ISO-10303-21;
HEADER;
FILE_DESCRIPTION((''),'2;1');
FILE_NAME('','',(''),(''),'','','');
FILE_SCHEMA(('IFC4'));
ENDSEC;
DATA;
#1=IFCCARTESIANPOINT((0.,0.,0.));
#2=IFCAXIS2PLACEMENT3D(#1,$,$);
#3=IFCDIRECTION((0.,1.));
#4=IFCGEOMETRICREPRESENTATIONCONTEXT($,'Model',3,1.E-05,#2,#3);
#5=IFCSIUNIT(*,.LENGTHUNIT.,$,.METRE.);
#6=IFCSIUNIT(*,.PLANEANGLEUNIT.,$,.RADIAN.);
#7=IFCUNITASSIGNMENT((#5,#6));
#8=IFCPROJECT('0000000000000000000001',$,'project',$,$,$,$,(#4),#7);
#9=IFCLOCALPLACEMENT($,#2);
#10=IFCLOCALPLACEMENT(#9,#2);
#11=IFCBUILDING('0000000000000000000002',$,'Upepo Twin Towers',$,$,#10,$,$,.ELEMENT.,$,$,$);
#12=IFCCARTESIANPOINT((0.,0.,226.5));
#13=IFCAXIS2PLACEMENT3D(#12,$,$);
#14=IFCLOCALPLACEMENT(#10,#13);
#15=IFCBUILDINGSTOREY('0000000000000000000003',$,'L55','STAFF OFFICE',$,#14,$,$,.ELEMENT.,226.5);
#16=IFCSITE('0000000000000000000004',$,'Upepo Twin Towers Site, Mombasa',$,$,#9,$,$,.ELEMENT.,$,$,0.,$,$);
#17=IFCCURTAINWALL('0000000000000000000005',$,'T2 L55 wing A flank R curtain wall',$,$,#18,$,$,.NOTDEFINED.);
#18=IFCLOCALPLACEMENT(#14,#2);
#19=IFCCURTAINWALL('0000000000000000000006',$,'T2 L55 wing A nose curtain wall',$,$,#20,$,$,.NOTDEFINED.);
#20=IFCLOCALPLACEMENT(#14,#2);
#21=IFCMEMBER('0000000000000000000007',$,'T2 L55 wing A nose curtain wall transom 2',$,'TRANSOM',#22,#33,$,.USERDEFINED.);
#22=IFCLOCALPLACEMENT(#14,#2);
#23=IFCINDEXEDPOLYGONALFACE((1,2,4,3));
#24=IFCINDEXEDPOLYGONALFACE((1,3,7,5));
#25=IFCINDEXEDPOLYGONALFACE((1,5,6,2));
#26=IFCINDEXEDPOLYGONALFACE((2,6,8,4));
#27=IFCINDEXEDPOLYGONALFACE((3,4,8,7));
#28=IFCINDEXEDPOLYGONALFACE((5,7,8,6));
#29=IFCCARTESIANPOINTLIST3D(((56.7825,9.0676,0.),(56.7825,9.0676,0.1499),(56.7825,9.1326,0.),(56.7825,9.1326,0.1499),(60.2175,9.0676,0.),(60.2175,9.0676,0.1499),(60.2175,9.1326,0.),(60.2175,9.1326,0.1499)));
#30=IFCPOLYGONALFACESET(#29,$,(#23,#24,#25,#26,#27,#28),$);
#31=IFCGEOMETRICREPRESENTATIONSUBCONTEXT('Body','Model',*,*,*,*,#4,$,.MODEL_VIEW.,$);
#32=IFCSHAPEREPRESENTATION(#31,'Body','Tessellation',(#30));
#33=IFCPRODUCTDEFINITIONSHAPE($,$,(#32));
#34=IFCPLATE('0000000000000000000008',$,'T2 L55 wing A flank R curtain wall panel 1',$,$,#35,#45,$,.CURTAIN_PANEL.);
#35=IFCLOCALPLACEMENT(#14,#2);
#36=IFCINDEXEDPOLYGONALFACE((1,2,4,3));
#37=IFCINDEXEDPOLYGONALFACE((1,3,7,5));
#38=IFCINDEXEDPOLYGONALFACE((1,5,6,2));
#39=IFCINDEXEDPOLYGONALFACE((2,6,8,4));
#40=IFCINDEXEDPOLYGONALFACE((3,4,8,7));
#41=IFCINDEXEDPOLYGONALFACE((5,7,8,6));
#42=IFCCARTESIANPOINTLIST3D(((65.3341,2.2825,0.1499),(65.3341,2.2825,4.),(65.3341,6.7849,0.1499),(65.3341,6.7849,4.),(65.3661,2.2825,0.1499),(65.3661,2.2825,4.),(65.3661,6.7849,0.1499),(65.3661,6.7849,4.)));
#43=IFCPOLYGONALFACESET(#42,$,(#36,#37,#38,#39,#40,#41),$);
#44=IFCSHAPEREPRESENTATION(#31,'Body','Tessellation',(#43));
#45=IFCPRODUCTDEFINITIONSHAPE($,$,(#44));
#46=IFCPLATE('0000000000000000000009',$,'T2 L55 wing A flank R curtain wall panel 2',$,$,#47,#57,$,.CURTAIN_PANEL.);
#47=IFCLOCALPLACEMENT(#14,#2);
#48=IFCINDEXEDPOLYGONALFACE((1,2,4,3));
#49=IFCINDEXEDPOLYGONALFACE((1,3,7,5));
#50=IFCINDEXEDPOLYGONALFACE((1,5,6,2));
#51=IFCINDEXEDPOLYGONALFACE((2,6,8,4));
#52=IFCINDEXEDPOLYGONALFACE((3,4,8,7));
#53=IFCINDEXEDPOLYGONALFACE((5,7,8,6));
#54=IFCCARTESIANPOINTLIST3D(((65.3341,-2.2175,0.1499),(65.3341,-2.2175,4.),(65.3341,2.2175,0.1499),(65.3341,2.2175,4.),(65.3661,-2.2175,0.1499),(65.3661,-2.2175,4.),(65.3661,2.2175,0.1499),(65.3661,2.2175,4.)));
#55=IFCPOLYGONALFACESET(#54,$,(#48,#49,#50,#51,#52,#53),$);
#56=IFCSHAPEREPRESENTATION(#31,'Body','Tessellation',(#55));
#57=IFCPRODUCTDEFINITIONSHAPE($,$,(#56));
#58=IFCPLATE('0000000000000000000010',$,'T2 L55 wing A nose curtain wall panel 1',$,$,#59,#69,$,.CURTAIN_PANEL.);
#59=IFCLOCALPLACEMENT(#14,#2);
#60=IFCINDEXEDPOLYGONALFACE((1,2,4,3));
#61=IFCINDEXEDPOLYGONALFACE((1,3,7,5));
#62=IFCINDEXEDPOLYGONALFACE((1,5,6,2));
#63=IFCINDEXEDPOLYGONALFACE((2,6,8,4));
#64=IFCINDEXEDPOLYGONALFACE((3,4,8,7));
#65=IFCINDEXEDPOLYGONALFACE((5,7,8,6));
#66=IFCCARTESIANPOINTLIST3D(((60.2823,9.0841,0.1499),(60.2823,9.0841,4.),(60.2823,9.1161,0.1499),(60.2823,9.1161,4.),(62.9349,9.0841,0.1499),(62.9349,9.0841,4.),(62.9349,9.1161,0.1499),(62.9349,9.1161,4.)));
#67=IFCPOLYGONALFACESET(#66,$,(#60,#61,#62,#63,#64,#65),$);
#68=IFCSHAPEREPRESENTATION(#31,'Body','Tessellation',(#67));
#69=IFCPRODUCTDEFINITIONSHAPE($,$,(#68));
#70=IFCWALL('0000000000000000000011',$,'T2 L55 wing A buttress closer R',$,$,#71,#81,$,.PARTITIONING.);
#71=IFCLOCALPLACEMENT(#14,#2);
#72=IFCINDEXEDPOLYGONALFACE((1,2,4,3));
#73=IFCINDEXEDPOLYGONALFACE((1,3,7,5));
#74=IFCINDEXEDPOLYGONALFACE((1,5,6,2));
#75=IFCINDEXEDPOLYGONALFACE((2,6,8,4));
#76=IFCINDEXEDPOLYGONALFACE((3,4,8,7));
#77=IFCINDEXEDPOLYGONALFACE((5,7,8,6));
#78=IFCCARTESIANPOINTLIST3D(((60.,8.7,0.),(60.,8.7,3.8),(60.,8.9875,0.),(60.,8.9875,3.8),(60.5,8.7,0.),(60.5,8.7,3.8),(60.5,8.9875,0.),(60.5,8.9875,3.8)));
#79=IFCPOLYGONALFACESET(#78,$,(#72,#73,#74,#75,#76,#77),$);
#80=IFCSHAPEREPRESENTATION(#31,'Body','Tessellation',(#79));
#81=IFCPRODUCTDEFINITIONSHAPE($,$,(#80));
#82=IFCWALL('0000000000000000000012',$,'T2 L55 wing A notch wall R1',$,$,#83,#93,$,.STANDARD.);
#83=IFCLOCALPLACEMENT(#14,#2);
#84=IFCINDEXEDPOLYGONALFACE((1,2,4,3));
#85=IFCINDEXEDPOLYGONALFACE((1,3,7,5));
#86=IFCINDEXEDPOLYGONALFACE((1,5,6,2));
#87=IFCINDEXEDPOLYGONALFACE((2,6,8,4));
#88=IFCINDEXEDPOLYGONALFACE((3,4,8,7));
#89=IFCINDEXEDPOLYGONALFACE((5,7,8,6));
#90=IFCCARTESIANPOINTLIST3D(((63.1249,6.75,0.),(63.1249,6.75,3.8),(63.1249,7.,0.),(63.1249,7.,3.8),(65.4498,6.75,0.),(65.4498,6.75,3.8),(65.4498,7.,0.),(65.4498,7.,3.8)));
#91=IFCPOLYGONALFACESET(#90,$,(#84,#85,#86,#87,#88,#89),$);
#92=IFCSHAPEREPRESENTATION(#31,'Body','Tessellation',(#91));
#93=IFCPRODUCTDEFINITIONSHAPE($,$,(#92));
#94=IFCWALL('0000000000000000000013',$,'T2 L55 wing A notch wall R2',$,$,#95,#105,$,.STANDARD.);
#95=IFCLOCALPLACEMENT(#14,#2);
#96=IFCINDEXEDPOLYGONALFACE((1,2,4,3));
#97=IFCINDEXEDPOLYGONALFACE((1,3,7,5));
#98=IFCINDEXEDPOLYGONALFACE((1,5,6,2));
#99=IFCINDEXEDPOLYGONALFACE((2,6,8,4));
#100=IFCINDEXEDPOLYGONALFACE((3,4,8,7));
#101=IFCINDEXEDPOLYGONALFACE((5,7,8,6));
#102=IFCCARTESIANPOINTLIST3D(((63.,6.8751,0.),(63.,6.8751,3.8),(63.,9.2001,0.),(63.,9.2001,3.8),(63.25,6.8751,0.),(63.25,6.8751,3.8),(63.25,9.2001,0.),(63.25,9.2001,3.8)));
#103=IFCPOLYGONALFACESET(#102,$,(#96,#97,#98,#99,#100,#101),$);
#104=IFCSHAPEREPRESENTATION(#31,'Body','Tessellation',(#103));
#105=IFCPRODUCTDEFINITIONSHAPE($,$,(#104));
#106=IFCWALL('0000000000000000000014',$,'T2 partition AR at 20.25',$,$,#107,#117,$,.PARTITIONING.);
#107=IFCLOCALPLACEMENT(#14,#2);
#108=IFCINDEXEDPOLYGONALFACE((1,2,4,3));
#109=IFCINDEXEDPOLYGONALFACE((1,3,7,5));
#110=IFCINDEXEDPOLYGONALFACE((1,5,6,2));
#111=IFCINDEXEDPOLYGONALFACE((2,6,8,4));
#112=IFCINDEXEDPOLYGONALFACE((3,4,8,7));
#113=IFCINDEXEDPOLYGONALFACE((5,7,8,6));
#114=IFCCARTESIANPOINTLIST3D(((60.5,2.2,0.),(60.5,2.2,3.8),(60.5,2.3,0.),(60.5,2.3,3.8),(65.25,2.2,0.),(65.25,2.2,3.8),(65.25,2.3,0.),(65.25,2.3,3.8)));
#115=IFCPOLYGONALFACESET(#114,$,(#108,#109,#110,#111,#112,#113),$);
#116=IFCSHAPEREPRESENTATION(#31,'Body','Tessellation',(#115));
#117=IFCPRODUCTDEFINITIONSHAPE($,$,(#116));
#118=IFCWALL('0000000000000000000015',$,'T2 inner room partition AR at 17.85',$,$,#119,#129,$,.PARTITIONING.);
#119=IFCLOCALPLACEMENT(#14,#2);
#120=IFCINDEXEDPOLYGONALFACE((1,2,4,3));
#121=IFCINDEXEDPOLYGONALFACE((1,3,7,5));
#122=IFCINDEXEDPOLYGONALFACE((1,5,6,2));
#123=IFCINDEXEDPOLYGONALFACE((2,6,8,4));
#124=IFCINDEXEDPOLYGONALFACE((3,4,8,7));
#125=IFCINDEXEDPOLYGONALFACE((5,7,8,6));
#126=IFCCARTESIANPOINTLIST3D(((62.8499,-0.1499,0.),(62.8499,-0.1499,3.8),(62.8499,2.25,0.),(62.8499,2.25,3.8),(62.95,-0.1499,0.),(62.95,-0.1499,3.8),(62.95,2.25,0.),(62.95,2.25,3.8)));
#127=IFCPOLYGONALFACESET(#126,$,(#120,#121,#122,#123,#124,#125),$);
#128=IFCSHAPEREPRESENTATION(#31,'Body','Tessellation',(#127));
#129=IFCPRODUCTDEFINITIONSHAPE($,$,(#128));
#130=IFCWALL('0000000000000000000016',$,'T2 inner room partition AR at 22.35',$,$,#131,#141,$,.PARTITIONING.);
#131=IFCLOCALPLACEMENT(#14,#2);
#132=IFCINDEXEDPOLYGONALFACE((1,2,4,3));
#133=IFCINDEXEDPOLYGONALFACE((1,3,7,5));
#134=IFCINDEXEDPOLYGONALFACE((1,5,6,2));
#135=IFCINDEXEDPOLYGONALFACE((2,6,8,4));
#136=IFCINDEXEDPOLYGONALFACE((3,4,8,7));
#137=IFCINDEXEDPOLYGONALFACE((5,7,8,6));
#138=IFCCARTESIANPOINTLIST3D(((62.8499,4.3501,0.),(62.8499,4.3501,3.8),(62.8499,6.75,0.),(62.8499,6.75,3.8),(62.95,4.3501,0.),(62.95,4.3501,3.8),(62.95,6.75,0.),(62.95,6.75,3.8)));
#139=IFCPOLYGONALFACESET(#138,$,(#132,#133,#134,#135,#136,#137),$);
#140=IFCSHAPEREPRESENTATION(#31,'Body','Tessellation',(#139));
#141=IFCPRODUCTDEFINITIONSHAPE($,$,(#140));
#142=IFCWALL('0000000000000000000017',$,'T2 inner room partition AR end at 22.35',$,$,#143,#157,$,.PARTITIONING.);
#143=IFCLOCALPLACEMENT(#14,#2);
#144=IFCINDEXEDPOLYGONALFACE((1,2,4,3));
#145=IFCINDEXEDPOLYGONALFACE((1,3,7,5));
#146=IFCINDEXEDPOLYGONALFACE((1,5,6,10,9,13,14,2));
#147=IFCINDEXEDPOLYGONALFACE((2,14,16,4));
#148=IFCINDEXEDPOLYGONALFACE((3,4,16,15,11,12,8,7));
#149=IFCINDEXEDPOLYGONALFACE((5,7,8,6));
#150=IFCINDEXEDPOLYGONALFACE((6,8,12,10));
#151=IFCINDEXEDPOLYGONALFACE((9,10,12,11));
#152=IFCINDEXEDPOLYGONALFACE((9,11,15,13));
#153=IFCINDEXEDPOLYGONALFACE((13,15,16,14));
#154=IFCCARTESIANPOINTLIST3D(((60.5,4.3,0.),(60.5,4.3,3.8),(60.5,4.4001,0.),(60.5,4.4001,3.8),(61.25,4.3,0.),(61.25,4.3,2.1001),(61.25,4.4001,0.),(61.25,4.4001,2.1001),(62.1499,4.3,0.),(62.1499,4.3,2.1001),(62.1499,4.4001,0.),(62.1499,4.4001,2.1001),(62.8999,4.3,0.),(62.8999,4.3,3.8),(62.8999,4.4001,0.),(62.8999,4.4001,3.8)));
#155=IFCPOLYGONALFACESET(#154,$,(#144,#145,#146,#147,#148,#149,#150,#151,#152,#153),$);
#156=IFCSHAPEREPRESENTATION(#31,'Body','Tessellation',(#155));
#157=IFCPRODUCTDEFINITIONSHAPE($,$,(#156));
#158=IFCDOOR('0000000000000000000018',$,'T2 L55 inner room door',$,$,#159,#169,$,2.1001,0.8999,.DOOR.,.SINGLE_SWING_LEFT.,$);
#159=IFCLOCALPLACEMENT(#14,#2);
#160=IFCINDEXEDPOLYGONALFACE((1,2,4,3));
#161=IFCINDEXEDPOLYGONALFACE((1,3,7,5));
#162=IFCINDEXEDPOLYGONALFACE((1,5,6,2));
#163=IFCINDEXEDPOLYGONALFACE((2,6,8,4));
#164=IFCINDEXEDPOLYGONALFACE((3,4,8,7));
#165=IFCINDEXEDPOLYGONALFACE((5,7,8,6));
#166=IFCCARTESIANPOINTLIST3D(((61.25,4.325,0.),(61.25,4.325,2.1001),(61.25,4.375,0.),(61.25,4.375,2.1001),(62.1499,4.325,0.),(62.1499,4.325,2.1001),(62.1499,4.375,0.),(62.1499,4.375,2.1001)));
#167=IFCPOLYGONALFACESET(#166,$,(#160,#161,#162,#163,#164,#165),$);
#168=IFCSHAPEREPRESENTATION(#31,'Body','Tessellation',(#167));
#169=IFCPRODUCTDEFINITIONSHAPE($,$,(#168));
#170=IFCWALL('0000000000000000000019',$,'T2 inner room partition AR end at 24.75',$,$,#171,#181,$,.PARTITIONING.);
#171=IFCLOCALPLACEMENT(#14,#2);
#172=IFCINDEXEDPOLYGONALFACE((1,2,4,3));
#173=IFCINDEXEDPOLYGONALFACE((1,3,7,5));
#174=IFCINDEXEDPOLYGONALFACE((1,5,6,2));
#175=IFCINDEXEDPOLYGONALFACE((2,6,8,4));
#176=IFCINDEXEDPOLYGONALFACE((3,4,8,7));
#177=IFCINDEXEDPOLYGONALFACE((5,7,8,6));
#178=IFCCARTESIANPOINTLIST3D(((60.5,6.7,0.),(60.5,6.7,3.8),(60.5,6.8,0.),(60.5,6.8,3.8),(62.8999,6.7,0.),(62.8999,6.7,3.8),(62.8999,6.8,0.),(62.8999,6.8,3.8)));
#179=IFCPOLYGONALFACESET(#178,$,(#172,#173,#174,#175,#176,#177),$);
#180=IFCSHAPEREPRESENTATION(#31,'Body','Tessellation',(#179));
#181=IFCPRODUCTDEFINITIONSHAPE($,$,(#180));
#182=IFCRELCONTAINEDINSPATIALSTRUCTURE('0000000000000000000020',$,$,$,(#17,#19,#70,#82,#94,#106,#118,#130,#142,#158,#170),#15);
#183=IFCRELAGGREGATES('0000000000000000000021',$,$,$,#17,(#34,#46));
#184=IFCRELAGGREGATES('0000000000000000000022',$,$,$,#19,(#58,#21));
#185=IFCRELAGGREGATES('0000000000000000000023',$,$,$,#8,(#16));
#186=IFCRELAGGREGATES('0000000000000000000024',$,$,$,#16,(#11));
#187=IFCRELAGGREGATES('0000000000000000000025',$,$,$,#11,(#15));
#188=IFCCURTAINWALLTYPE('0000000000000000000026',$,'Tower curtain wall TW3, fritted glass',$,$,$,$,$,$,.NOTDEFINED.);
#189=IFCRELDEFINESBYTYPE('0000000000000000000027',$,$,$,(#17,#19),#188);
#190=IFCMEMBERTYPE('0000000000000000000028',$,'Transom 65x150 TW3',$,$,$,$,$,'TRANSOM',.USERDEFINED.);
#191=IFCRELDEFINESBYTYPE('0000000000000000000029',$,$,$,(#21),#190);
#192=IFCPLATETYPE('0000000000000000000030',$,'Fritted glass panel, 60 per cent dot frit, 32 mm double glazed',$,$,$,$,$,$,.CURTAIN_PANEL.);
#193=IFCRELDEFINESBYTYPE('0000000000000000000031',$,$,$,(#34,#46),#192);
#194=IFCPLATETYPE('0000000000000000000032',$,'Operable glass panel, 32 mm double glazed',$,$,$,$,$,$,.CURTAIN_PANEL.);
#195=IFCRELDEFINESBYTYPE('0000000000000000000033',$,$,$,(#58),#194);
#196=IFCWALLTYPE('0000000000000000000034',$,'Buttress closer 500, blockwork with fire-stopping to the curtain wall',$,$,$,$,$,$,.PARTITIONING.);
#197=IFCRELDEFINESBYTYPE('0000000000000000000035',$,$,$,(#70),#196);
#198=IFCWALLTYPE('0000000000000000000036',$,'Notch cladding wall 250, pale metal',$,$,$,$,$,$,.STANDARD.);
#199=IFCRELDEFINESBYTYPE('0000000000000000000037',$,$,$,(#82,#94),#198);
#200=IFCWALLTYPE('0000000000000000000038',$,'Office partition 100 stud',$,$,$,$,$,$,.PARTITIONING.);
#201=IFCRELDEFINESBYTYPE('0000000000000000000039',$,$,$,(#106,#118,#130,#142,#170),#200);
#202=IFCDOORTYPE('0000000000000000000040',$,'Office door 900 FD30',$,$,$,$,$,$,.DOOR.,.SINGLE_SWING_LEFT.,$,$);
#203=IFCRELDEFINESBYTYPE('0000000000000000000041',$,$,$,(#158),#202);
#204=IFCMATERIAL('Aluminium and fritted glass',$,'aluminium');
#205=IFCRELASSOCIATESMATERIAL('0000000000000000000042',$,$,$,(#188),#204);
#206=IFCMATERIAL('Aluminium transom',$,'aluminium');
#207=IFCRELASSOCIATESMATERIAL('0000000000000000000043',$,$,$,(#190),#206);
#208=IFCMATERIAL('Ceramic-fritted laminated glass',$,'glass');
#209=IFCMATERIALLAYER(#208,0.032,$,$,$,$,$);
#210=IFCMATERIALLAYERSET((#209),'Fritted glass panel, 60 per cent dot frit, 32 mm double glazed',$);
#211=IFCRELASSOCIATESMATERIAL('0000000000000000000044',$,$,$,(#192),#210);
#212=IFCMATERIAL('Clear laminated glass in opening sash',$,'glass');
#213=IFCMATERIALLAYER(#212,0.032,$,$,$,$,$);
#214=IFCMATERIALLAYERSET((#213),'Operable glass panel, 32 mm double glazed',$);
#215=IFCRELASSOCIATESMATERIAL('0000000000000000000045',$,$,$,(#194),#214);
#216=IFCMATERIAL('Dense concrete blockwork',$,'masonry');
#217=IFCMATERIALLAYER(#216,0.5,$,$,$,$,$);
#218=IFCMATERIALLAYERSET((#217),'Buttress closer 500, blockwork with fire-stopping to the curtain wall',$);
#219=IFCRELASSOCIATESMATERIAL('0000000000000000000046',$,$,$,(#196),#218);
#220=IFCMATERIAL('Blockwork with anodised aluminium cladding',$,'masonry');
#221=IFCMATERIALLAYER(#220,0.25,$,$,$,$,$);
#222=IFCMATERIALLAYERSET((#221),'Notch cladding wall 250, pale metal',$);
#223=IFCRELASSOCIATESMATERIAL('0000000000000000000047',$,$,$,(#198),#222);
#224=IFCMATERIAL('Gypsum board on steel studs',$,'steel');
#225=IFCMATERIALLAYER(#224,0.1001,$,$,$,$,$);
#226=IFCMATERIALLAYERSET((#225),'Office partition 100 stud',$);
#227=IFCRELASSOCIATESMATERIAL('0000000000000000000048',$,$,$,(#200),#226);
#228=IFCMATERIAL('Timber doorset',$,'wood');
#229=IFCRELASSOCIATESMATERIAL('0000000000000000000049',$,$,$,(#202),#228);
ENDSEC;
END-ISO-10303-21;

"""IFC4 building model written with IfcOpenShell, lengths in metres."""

from ifc_helpers import new_model, si_unit, direction, frame, frame_2d, origin, origin_2d, place, context, subcontext, project, spatial, rectangle, extrude, material, layer, layer_set, material_profile, profile_set, type_object, element, fill, aggregate, save


model = new_model("IFC4")

# Units and contexts
model_context = context("Model", 3, precision=1e-05, world=origin(), true_north=direction((0.0, 1.0)))
body_context = subcontext(model_context, "Body", "Model", "MODEL_VIEW")
ifc_project = project(units=[si_unit("LENGTHUNIT", "METRE"), si_unit("PLANEANGLEUNIT", "RADIAN")], contexts=[model_context])

# Site, building, storey
site_placement = place(None, origin())
site = spatial("IfcSite", under=ifc_project, at=site_placement, Name="Upepo Twin Towers Site, Mombasa", CompositionType="ELEMENT", RefElevation=0.0)
building_placement = place(site_placement, origin())
building = spatial("IfcBuilding", under=site, at=building_placement, Name="Upepo Twin Towers", CompositionType="ELEMENT")
storey_placement = place(building_placement, frame((0.0, 0.0, 226.5)))
storey = spatial("IfcBuildingStorey", under=building, at=storey_placement, Name="L55", Description="STAFF OFFICE", CompositionType="ELEMENT", Elevation=226.5)

# Curtain walls
ifc_material_1 = material(Name="Aluminium and fritted glass", Category="aluminium")
curtain_wall_type = type_object("IfcCurtainWallType", Name="Tower curtain wall TW3, fritted glass", PredefinedType="NOTDEFINED", material=ifc_material_1)
curtain_wall_1_placement = place(storey_placement, origin())
curtain_wall_1 = element("IfcCurtainWall", 1, at=curtain_wall_1_placement, inside=storey, type_object=curtain_wall_type, Name="T2 L55 wing A flank R curtain wall", PredefinedType="NOTDEFINED")
curtain_wall_2_placement = place(storey_placement, origin())
curtain_wall_2 = element("IfcCurtainWall", 2, at=curtain_wall_2_placement, inside=storey, type_object=curtain_wall_type, Name="T2 L55 wing A nose curtain wall", PredefinedType="NOTDEFINED")

# Member
ifc_material_2 = material(Name="Aluminium transom", Category="aluminium")
ifc_material_profile_1 = material_profile(ifc_material_2, rectangle(XDim=0.0649, YDim=0.1499, at=origin_2d()), Name="TRANSOM 65x150")
ifc_profile_set_1 = profile_set([ifc_material_profile_1], Name="Aluminium transom")
member_type_1 = type_object("IfcMemberType", Name="Transom 65x150 TW3", ElementType="TRANSOM", PredefinedType="USERDEFINED", material=ifc_profile_set_1)
member_1_placement = place(storey_placement, frame((60.2175, 9.1001, 0.075), z_axis=(-1.0, 0.0, 0.0), x_axis=(0.0, -1.0, 0.0)))
member_1 = element("IfcMember", 3, at=member_1_placement, type_object=member_type_1, Name="T2 L55 wing A nose curtain wall transom 2", ObjectType="TRANSOM", PredefinedType="USERDEFINED", context=body_context, shape_type="SweptSolid", body=[
    extrude(rectangle(XDim=0.0649, YDim=0.1499, at=origin_2d()), origin(), (0.0, 0.0, 1.0), 3.4351),
])

# Plates
ifc_material_3 = material(Name="Ceramic-fritted laminated glass", Category="glass")
ifc_layer_1 = layer(ifc_material_3, 0.032)
ifc_layer_set_1 = layer_set([ifc_layer_1], Name="Fritted glass panel, 60 per cent dot frit, 32 mm double glazed")
plate_type_1 = type_object("IfcPlateType", Name="Fritted glass panel, 60 per cent dot frit, 32 mm double glazed", PredefinedType="CURTAIN_PANEL", material=ifc_layer_set_1)
plate_1_placement = place(storey_placement, frame((65.3501, 4.5337, 0.1499), z_axis=(0.0, 0.0, 1.0), x_axis=(0.0, -1.0, 0.0)))
plate_1 = element("IfcPlate", 4, at=plate_1_placement, type_object=plate_type_1, Name="T2 L55 wing A flank R curtain wall panel 1", PredefinedType="CURTAIN_PANEL", context=body_context, shape_type="SweptSolid", body=[
    extrude(rectangle(XDim=4.5024, YDim=0.032, at=origin_2d()), origin(), (0.0, 0.0, 1.0), 3.8501),
])
plate_2_placement = place(storey_placement, frame((65.3501, 0.0, 0.1499), z_axis=(0.0, 0.0, 1.0), x_axis=(0.0, -1.0, 0.0)))
plate_2 = element("IfcPlate", 5, at=plate_2_placement, type_object=plate_type_1, Name="T2 L55 wing A flank R curtain wall panel 2", PredefinedType="CURTAIN_PANEL", context=body_context, shape_type="SweptSolid", body=[
    extrude(rectangle(XDim=4.4351, YDim=0.032, at=origin_2d()), origin(), (0.0, 0.0, 1.0), 3.8501),
])
aggregate(curtain_wall_1, [plate_1, plate_2])
ifc_material_4 = material(Name="Clear laminated glass in opening sash", Category="glass")
ifc_layer_2 = layer(ifc_material_4, 0.032)
ifc_layer_set_2 = layer_set([ifc_layer_2], Name="Operable glass panel, 32 mm double glazed")
plate_type_2 = type_object("IfcPlateType", Name="Operable glass panel, 32 mm double glazed", PredefinedType="CURTAIN_PANEL", material=ifc_layer_set_2)
plate_3_placement = place(storey_placement, frame((61.6086, 9.1001, 0.1499), z_axis=(0.0, 0.0, 1.0), x_axis=(-1.0, 0.0, 0.0)))
plate_3 = element("IfcPlate", 6, at=plate_3_placement, type_object=plate_type_2, Name="T2 L55 wing A nose curtain wall panel 1", PredefinedType="CURTAIN_PANEL", context=body_context, shape_type="SweptSolid", body=[
    extrude(rectangle(XDim=2.6526, YDim=0.032, at=origin_2d()), origin(), (0.0, 0.0, 1.0), 3.8501),
])
aggregate(curtain_wall_2, [plate_3, member_1])

# Walls
ifc_material_5 = material(Name="Dense concrete blockwork", Category="masonry")
ifc_layer_3 = layer(ifc_material_5, 0.5)
ifc_layer_set_3 = layer_set([ifc_layer_3], Name="Buttress closer 500, blockwork with fire-stopping to the curtain wall")
wall_type_1 = type_object("IfcWallType", Name="Buttress closer 500, blockwork with fire-stopping to the curtain wall", PredefinedType="PARTITIONING", material=ifc_layer_set_3)
wall_1_placement = place(storey_placement, frame((60.25, 8.7, 0.0), z_axis=(0.0, 0.0, 1.0), x_axis=(0.0, 1.0, 0.0)))
element("IfcWall", 7, at=wall_1_placement, inside=storey, type_object=wall_type_1, Name="T2 L55 wing A buttress closer R", PredefinedType="PARTITIONING", context=body_context, shape_type="SweptSolid", body=[
    extrude(rectangle(XDim=0.2876, YDim=0.5, at=frame_2d((0.1438, 0.0))), origin(), (0.0, 0.0, 1.0), 3.8),
])
ifc_material_6 = material(Name="Blockwork with anodised aluminium cladding", Category="masonry")
ifc_layer_4 = layer(ifc_material_6, 0.25)
ifc_layer_set_4 = layer_set([ifc_layer_4], Name="Notch cladding wall 250, pale metal")
wall_type_2 = type_object("IfcWallType", Name="Notch cladding wall 250, pale metal", PredefinedType="STANDARD", material=ifc_layer_set_4)
for number, where, z_axis, x_axis, name in (
    (8, (65.45, 6.875, 0.0), (0.0, 0.0, 1.0), (-1.0, 0.0, 0.0), "T2 L55 wing A notch wall R1"),
    (9, (63.125, 6.875, 0.0), (0.0, 0.0, 1.0), (0.0, 1.0, 0.0), "T2 L55 wing A notch wall R2"),
):
    element("IfcWall", number, at=place(storey_placement, frame(where, z_axis=z_axis, x_axis=x_axis)), inside=storey, type_object=wall_type_2, Name=name, PredefinedType="STANDARD", context=body_context, shape_type="SweptSolid", body=[
        extrude(rectangle(XDim=2.325, YDim=0.25, at=frame_2d((1.1626, 0.0))), origin(), (0.0, 0.0, 1.0), 3.8),
    ])
ifc_material_7 = material(Name="Gypsum board on steel studs", Category="steel")
ifc_layer_5 = layer(ifc_material_7, 0.1001)
ifc_layer_set_5 = layer_set([ifc_layer_5], Name="Office partition 100 stud")
wall_type_3 = type_object("IfcWallType", Name="Office partition 100 stud", PredefinedType="PARTITIONING", material=ifc_layer_set_5)
wall_2_placement = place(storey_placement, frame((60.5, 2.25, 0.0), z_axis=(0.0, 0.0, 1.0), x_axis=(1.0, 0.0, 0.0)))
element("IfcWall", 10, at=wall_2_placement, inside=storey, type_object=wall_type_3, Name="T2 partition AR at 20.25", PredefinedType="PARTITIONING", context=body_context, shape_type="SweptSolid", body=[
    extrude(rectangle(XDim=4.75, YDim=0.1001, at=frame_2d((2.375, 0.0))), origin(), (0.0, 0.0, 1.0), 3.8),
])
for number, where, z_axis, x_axis, name in (
    (11, (62.8999, -0.1499, 0.0), (0.0, 0.0, 1.0), (0.0, 1.0, 0.0), "T2 inner room partition AR at 17.85"),
    (12, (62.8999, 4.3501, 0.0), (0.0, 0.0, 1.0), (0.0, 1.0, 0.0), "T2 inner room partition AR at 22.35"),
):
    element("IfcWall", number, at=place(storey_placement, frame(where, z_axis=z_axis, x_axis=x_axis)), inside=storey, type_object=wall_type_3, Name=name, PredefinedType="PARTITIONING", context=body_context, shape_type="SweptSolid", body=[
        extrude(rectangle(XDim=2.3999, YDim=0.1001, at=frame_2d((1.2, 0.0))), origin(), (0.0, 0.0, 1.0), 3.8),
    ])

# Wall, opening, door
wall_3_placement = place(storey_placement, frame((60.5, 4.3501, 0.0), z_axis=(0.0, 0.0, 1.0), x_axis=(1.0, 0.0, 0.0)))
wall_3 = element("IfcWall", 13, at=wall_3_placement, inside=storey, type_object=wall_type_3, Name="T2 inner room partition AR end at 22.35", PredefinedType="PARTITIONING", context=body_context, shape_type="SweptSolid", body=[
    extrude(rectangle(XDim=2.3999, YDim=0.1001, at=frame_2d((1.2, 0.0))), origin(), (0.0, 0.0, 1.0), 3.8),
])
opening_placement = place(wall_3_placement, frame((0.75, 0.0, 0.0)))
opening = element("IfcOpeningElement", 14, at=opening_placement, cuts=wall_3, PredefinedType="OPENING", context=body_context, shape_type="SweptSolid", body=[
    extrude(rectangle(XDim=0.8999, YDim=2.1001, at=frame_2d((0.45, 1.05))), frame((0.0, 0.0601, 0.0), z_axis=(0.0, -1.0, 0.0), x_axis=(1.0, 0.0, 0.0)), (0.0, 0.0, 1.0), 0.1201),
])
ifc_material_8 = material(Name="Timber doorset", Category="wood")
door_type = type_object("IfcDoorType", Name="Office door 900 FD30", OperationType="SINGLE_SWING_LEFT", PredefinedType="DOOR", material=ifc_material_8)
door_placement = place(opening_placement, origin())
door = element("IfcDoor", 15, at=door_placement, inside=storey, type_object=door_type, Name="T2 L55 inner room door", OperationType="SINGLE_SWING_LEFT", OverallHeight=2.1001, OverallWidth=0.8999, PredefinedType="DOOR", context=body_context, shape_type="SweptSolid", body=[
    extrude(rectangle(XDim=0.8999, YDim=2.1001, at=frame_2d((0.45, 1.05))), frame((0.0, 0.0249, 0.0), z_axis=(0.0, -1.0, 0.0), x_axis=(1.0, 0.0, 0.0)), (0.0, 0.0, 1.0), 0.05),
])
fill(opening, door)

# Wall
wall_4_placement = place(storey_placement, frame((60.5, 6.75, 0.0), z_axis=(0.0, 0.0, 1.0), x_axis=(1.0, 0.0, 0.0)))
element("IfcWall", 16, at=wall_4_placement, inside=storey, type_object=wall_type_3, Name="T2 inner room partition AR end at 24.75", PredefinedType="PARTITIONING", context=body_context, shape_type="SweptSolid", body=[
    extrude(rectangle(XDim=2.3999, YDim=0.1001, at=frame_2d((1.2, 0.0))), origin(), (0.0, 0.0, 1.0), 3.8),
])

save(model, "model.ifc")
